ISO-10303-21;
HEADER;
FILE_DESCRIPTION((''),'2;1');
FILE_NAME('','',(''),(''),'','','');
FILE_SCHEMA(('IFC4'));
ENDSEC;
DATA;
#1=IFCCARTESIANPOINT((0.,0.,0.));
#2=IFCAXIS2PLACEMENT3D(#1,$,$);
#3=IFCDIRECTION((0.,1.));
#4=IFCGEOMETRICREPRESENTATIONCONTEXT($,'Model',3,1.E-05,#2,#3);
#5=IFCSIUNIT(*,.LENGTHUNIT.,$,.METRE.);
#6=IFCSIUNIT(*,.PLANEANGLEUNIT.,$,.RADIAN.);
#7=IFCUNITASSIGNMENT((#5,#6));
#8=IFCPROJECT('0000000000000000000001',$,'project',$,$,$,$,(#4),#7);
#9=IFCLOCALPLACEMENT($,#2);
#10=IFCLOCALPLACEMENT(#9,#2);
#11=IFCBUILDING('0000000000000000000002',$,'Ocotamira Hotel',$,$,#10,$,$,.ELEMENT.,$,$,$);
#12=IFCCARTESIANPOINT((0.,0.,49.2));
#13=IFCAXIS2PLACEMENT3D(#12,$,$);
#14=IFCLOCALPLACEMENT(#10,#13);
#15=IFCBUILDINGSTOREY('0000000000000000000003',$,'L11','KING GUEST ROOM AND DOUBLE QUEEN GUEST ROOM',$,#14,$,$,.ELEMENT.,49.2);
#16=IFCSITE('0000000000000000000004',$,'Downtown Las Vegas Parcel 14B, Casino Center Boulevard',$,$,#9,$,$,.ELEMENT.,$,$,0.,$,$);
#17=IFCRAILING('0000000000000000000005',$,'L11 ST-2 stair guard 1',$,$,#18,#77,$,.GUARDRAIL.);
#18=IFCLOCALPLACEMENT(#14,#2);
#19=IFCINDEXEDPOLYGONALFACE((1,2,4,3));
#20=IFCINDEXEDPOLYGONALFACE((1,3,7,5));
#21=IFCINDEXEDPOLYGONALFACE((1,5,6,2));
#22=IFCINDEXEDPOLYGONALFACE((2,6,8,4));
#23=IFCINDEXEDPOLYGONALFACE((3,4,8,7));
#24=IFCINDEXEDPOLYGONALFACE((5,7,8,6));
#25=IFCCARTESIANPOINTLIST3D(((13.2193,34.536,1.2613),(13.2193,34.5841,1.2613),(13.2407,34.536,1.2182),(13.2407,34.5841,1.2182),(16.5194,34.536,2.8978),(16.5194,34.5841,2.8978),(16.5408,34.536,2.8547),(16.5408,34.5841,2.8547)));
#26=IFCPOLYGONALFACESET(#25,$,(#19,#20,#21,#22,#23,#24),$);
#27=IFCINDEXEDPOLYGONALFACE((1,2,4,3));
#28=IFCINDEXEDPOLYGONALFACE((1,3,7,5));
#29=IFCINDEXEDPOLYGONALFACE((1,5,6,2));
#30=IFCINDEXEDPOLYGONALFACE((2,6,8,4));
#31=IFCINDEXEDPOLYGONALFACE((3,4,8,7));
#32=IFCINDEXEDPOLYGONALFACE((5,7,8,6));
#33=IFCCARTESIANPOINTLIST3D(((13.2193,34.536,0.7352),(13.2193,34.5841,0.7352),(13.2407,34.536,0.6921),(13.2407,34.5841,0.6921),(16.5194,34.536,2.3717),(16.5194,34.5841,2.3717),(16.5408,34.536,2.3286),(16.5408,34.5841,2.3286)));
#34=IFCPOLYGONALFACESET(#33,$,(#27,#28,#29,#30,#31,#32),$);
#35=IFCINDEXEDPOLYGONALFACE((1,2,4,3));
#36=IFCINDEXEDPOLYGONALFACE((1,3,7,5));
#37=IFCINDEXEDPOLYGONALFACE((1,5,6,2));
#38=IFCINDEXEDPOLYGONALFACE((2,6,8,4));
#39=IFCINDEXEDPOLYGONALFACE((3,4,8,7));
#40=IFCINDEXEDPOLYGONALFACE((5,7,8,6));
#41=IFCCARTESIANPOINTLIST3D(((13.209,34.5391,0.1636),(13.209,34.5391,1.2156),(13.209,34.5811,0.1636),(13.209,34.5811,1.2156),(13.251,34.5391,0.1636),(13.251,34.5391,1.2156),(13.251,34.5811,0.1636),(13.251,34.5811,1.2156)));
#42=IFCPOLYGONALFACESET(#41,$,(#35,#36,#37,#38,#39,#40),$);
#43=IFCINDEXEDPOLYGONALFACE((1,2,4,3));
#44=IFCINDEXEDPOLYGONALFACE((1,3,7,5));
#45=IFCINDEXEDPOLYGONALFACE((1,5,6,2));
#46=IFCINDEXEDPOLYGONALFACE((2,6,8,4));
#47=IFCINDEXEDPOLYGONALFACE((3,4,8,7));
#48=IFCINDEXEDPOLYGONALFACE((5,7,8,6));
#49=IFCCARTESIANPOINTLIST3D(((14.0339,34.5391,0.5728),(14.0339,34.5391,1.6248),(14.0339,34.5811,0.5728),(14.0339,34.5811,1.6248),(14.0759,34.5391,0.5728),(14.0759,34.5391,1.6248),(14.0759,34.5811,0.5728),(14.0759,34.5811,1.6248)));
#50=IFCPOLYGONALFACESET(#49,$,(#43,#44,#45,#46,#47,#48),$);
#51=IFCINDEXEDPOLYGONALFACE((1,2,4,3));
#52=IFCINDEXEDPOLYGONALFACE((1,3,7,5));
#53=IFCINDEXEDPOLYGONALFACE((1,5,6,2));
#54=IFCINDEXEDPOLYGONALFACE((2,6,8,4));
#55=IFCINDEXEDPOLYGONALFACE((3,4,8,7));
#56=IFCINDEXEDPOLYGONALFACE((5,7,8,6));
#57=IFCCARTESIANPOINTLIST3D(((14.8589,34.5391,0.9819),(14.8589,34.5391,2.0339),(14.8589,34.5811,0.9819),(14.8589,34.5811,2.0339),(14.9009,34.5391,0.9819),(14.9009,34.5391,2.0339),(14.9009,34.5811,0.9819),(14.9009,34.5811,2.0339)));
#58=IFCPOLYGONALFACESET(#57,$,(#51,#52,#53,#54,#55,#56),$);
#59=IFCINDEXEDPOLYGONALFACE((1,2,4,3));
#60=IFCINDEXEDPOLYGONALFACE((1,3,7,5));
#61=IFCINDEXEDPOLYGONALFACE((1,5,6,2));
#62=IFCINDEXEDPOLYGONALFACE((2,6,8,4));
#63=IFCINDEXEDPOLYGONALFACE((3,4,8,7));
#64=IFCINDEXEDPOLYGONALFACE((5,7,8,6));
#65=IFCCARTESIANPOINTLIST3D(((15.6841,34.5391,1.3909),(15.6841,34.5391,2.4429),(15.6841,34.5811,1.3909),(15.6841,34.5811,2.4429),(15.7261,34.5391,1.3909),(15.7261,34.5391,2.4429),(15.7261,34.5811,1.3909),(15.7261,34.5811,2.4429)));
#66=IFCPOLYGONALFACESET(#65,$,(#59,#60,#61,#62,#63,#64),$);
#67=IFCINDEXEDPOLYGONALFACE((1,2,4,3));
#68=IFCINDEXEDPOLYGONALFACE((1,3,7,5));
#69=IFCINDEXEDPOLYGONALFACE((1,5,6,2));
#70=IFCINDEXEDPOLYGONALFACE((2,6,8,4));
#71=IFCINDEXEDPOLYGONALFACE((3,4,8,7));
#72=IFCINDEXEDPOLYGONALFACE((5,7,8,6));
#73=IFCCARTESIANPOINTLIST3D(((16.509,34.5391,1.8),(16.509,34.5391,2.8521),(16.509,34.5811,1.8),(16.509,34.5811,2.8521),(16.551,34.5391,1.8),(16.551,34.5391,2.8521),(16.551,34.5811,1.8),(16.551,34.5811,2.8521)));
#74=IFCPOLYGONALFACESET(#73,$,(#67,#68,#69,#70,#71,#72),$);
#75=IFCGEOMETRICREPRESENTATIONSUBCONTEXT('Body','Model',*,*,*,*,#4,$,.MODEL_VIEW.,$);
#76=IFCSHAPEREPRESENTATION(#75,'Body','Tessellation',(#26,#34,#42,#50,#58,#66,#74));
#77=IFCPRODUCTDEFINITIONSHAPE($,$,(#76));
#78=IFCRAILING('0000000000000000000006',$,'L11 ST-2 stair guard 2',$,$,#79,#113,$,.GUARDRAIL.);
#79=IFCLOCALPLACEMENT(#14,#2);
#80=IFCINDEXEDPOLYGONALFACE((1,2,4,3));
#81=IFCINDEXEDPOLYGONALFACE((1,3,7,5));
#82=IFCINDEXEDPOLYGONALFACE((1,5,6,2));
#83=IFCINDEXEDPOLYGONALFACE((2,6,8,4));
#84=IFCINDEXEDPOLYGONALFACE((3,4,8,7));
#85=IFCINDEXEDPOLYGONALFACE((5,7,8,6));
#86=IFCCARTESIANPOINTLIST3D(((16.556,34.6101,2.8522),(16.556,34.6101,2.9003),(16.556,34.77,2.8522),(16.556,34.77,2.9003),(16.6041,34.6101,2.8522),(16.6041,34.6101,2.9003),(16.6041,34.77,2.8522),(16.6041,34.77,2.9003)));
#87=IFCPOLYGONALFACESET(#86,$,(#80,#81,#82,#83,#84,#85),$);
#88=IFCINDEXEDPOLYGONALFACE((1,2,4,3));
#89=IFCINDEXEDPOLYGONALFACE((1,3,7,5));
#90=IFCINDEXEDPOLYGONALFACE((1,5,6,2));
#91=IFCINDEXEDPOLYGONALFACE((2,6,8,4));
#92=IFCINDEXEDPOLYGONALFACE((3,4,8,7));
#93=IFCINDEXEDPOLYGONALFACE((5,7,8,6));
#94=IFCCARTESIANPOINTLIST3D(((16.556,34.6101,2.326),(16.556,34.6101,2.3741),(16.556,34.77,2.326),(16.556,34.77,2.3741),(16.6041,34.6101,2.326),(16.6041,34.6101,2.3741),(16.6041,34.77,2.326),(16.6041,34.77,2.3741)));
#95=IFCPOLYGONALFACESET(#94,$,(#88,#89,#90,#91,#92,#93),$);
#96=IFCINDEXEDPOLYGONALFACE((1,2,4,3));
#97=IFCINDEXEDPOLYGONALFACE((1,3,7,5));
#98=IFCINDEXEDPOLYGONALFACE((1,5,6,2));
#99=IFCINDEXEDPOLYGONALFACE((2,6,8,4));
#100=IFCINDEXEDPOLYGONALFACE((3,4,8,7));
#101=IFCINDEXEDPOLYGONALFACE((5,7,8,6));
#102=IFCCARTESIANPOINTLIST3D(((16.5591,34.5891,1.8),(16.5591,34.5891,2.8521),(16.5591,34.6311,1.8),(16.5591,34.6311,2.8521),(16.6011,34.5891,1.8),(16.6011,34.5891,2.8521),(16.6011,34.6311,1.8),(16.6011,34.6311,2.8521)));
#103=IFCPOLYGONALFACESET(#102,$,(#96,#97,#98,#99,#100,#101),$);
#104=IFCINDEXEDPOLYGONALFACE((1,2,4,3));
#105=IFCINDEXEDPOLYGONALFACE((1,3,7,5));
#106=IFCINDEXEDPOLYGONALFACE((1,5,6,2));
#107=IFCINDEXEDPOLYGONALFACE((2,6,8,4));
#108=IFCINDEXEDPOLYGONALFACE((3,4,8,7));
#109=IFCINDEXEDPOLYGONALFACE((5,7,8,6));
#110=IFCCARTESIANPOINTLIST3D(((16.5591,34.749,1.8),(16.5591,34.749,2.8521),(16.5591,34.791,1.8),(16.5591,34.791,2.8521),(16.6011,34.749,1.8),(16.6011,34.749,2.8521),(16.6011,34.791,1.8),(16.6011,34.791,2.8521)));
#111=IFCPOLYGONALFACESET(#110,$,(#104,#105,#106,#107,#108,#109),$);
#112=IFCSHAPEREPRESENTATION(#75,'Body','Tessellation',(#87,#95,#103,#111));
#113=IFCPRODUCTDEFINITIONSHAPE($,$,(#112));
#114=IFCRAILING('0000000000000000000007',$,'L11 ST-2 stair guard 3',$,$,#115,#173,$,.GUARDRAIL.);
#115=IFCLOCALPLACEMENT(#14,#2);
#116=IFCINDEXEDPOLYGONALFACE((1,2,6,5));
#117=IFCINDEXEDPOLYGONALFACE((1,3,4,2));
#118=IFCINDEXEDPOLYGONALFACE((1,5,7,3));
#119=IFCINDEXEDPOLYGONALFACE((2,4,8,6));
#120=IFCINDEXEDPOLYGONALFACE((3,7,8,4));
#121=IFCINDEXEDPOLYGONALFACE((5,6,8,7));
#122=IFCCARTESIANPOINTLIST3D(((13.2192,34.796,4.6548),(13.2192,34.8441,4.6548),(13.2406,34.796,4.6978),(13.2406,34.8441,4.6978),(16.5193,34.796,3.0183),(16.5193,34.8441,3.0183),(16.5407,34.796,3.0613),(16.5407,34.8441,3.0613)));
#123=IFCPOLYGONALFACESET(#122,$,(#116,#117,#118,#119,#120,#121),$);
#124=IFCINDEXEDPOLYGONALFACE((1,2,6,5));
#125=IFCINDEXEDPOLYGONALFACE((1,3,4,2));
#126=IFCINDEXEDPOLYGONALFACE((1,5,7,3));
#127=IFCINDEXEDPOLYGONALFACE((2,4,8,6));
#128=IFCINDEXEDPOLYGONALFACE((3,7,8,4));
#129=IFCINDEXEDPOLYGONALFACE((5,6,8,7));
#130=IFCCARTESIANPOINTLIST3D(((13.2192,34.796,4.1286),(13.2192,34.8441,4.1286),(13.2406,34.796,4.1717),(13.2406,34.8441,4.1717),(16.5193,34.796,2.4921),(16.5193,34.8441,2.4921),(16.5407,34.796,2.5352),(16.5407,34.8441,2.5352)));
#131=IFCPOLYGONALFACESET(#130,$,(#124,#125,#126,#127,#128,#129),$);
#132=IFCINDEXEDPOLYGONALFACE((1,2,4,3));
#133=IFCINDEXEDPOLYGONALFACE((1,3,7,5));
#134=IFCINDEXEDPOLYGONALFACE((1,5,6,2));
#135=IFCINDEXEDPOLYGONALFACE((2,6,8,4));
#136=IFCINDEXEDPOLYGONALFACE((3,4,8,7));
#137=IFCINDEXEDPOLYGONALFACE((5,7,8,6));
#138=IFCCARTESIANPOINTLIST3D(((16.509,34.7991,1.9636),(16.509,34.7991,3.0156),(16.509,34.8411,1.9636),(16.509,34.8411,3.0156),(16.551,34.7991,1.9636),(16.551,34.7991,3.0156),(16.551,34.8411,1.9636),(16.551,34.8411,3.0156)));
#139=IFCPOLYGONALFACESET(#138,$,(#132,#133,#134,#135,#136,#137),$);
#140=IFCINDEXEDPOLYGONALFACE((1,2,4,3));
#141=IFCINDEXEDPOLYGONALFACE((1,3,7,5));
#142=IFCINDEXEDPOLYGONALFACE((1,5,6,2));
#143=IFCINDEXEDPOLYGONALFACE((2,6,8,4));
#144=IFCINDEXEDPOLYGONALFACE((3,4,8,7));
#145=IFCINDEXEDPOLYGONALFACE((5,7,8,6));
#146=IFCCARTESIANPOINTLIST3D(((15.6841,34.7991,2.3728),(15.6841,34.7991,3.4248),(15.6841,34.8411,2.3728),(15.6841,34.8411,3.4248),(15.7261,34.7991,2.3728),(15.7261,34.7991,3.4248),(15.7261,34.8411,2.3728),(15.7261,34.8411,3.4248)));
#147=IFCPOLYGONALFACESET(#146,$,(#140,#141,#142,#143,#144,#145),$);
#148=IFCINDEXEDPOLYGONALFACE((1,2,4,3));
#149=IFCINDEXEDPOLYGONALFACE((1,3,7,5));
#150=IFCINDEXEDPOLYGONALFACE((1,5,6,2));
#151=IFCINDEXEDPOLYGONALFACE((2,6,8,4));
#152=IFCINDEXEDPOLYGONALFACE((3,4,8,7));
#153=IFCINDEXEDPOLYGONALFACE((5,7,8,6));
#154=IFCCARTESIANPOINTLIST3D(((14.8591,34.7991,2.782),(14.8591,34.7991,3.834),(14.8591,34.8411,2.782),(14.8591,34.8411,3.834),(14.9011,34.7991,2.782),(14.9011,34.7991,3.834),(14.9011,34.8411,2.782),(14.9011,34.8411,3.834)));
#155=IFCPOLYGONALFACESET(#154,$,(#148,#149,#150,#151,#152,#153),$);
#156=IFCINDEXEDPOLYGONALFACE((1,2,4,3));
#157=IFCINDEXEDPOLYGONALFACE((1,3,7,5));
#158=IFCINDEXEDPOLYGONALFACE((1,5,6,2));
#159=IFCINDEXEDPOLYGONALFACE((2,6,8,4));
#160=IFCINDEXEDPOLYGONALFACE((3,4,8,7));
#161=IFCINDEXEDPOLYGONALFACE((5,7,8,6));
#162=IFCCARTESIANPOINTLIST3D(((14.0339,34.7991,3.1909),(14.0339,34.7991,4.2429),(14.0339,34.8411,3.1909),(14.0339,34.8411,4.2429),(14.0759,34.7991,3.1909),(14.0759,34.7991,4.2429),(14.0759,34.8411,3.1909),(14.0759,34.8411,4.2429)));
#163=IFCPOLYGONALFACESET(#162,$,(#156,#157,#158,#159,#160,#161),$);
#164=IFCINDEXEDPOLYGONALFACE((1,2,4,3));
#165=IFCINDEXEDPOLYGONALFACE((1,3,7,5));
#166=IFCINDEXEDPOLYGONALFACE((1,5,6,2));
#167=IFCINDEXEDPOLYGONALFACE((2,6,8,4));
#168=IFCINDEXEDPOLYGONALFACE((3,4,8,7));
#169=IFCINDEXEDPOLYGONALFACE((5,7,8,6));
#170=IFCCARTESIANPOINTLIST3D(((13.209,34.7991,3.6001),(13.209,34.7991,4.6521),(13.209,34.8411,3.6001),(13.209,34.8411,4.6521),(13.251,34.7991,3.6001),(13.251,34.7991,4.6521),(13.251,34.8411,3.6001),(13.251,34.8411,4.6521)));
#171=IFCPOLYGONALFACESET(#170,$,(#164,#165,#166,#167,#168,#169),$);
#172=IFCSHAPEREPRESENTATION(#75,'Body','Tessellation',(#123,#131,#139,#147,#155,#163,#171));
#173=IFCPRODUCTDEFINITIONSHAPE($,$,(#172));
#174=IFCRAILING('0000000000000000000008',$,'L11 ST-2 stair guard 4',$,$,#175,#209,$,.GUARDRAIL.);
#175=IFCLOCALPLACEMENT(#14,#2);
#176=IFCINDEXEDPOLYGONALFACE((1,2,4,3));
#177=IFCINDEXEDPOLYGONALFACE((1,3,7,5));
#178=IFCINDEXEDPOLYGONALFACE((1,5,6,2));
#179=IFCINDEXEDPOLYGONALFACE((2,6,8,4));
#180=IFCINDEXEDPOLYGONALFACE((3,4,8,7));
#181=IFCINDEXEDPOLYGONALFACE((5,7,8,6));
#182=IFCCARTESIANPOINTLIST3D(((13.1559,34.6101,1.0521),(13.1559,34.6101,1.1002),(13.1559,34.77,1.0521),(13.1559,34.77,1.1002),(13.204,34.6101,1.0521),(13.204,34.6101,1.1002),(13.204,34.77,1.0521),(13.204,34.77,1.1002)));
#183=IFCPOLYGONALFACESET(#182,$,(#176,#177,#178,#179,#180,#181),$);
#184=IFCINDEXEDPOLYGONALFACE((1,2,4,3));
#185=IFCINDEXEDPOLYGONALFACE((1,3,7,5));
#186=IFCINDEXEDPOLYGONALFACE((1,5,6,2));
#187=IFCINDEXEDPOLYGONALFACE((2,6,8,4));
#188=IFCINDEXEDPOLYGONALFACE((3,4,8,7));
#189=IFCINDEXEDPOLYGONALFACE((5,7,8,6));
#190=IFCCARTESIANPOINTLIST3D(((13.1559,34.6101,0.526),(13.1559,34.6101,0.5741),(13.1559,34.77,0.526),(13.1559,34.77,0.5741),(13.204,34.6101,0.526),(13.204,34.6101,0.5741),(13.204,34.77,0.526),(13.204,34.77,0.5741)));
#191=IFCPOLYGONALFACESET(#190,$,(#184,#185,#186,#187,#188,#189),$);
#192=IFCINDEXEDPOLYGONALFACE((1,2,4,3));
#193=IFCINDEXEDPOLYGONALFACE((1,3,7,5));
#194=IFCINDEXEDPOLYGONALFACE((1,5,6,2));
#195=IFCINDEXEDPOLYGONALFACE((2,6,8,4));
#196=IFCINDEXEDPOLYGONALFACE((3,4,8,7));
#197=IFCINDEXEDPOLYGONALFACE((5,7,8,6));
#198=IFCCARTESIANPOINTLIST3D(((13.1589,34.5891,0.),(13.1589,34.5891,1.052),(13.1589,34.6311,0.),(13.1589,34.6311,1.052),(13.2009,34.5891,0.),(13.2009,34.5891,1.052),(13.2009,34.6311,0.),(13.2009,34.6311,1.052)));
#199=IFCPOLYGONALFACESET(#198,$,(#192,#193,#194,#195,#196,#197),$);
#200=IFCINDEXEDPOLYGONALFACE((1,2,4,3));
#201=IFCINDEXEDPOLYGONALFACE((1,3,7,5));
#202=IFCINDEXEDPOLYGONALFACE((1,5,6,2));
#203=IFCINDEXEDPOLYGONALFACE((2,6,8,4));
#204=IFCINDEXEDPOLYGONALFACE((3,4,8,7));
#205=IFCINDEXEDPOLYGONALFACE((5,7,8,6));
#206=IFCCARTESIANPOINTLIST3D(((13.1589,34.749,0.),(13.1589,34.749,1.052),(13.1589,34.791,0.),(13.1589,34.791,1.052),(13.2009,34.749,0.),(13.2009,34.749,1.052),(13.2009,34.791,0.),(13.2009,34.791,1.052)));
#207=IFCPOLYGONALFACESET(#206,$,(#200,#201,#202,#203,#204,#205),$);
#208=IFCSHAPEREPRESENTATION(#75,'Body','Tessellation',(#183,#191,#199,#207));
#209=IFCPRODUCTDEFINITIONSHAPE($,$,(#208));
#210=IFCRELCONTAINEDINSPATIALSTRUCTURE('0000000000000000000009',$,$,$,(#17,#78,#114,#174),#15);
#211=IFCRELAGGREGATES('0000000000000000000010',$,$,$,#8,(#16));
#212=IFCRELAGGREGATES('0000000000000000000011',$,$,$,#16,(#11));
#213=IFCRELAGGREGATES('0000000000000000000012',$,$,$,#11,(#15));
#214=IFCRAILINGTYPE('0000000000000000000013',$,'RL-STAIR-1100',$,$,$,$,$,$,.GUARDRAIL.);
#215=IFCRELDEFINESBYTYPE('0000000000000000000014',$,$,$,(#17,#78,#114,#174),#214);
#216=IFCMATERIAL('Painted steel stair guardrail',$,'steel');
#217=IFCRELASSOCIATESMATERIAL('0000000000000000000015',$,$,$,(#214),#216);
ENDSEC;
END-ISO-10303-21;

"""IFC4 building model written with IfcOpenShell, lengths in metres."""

from ifc_helpers import new_model, si_unit, direction, frame, origin, origin_2d, place, context, subcontext, project, spatial, rectangle, extrude, material, type_object, element, save


model = new_model("IFC4")

# Units and contexts
model_context = context("Model", 3, precision=1e-05, world=origin(), true_north=direction((0.0, 1.0)))
body_context = subcontext(model_context, "Body", "Model", "MODEL_VIEW")
ifc_project = project(units=[si_unit("LENGTHUNIT", "METRE"), si_unit("PLANEANGLEUNIT", "RADIAN")], contexts=[model_context])

# Site, building, storey
site_placement = place(None, origin())
site = spatial("IfcSite", under=ifc_project, at=site_placement, Name="Downtown Las Vegas Parcel 14B, Casino Center Boulevard", CompositionType="ELEMENT", RefElevation=0.0)
building_placement = place(site_placement, origin())
building = spatial("IfcBuilding", under=site, at=building_placement, Name="Ocotamira Hotel", CompositionType="ELEMENT")
storey_placement = place(building_placement, frame((0.0, 0.0, 49.2)))
storey = spatial("IfcBuildingStorey", under=building, at=storey_placement, Name="L11", Description="KING GUEST ROOM AND DOUBLE QUEEN GUEST ROOM", CompositionType="ELEMENT", Elevation=49.2)

# Railings
ifc_material_1 = material(Name="Painted steel stair guardrail", Category="steel")
railing_type_1 = type_object("IfcRailingType", Name="RL-STAIR-1100", PredefinedType="GUARDRAIL", material=ifc_material_1)
railing_1_placement = place(storey_placement, frame((13.23, 34.5601, 0.1636)))
element("IfcRailing", 1, at=railing_1_placement, inside=storey, type_object=railing_type_1, Name="L11 ST-2 stair guard 1", PredefinedType="GUARDRAIL", context=body_context, shape_type="SweptSolid", body=[
    extrude(rectangle(XDim=0.0481, YDim=0.0481, at=origin_2d()), frame((0.0, 0.0, 1.0762), z_axis=(0.895894, 0.0, 0.444268), x_axis=(0.0, 1.0, 0.0)), (0.0, 0.0, 1.0), 3.6836),
    extrude(rectangle(XDim=0.0481, YDim=0.0481, at=origin_2d()), frame((0.0, 0.0, 0.55), z_axis=(0.895894, 0.0, 0.444268), x_axis=(0.0, 1.0, 0.0)), (0.0, 0.0, 1.0), 3.6836),
    extrude(rectangle(XDim=0.042, YDim=0.042, at=origin_2d()), origin(), (0.0, 0.0, 1.0), 1.052),
    extrude(rectangle(XDim=0.042, YDim=0.042, at=origin_2d()), frame((0.825, 0.0, 0.4092)), (0.0, 0.0, 1.0), 1.052),
    extrude(rectangle(XDim=0.042, YDim=0.042, at=origin_2d()), frame((1.6499, 0.0, 0.8184)), (0.0, 0.0, 1.0), 1.052),
    extrude(rectangle(XDim=0.042, YDim=0.042, at=origin_2d()), frame((2.4751, 0.0, 1.2273)), (0.0, 0.0, 1.0), 1.052),
    extrude(rectangle(XDim=0.042, YDim=0.042, at=origin_2d()), frame((3.3, 0.0, 1.6365)), (0.0, 0.0, 1.0), 1.052),
])
railing_2_placement = place(storey_placement, frame((16.5801, 34.6101, 1.8)))
element("IfcRailing", 2, at=railing_2_placement, inside=storey, type_object=railing_type_1, Name="L11 ST-2 stair guard 2", PredefinedType="GUARDRAIL", context=body_context, shape_type="SweptSolid", body=[
    extrude(rectangle(XDim=0.0481, YDim=0.0481, at=origin_2d()), frame((0.0, 0.0, 1.0762), z_axis=(0.0, 1.0, 0.0), x_axis=(-1.0, 0.0, 0.0)), (0.0, 0.0, 1.0), 0.1599),
    extrude(rectangle(XDim=0.0481, YDim=0.0481, at=origin_2d()), frame((0.0, 0.0, 0.55), z_axis=(0.0, 1.0, 0.0), x_axis=(-1.0, 0.0, 0.0)), (0.0, 0.0, 1.0), 0.1599),
    extrude(rectangle(XDim=0.042, YDim=0.042, at=origin_2d()), origin(), (0.0, 0.0, 1.0), 1.052),
    extrude(rectangle(XDim=0.042, YDim=0.042, at=origin_2d()), frame((0.0, 0.1599, 0.0)), (0.0, 0.0, 1.0), 1.052),
])
railing_3_placement = place(storey_placement, frame((16.53, 34.8201, 1.9636)))
element("IfcRailing", 3, at=railing_3_placement, inside=storey, type_object=railing_type_1, Name="L11 ST-2 stair guard 3", PredefinedType="GUARDRAIL", context=body_context, shape_type="SweptSolid", body=[
    extrude(rectangle(XDim=0.0481, YDim=0.0481, at=origin_2d()), frame((0.0, 0.0, 1.0762), z_axis=(-0.895894, 0.0, 0.444268), x_axis=(0.0, -1.0, 0.0)), (0.0, 0.0, 1.0), 3.6836),
    extrude(rectangle(XDim=0.0481, YDim=0.0481, at=origin_2d()), frame((0.0, 0.0, 0.55), z_axis=(-0.895894, 0.0, 0.444268), x_axis=(0.0, -1.0, 0.0)), (0.0, 0.0, 1.0), 3.6836),
    extrude(rectangle(XDim=0.042, YDim=0.042, at=origin_2d()), origin(), (0.0, 0.0, 1.0), 1.052),
    extrude(rectangle(XDim=0.042, YDim=0.042, at=origin_2d()), frame((-0.825, 0.0, 0.4092)), (0.0, 0.0, 1.0), 1.052),
    extrude(rectangle(XDim=0.042, YDim=0.042, at=origin_2d()), frame((-1.6499, 0.0, 0.8184)), (0.0, 0.0, 1.0), 1.052),
    extrude(rectangle(XDim=0.042, YDim=0.042, at=origin_2d()), frame((-2.4751, 0.0, 1.2273)), (0.0, 0.0, 1.0), 1.052),
    extrude(rectangle(XDim=0.042, YDim=0.042, at=origin_2d()), frame((-3.3, 0.0, 1.6365)), (0.0, 0.0, 1.0), 1.052),
])
railing_4_placement = place(storey_placement, frame((13.1799, 34.6101, 0.0)))
element("IfcRailing", 4, at=railing_4_placement, inside=storey, type_object=railing_type_1, Name="L11 ST-2 stair guard 4", PredefinedType="GUARDRAIL", context=body_context, shape_type="SweptSolid", body=[
    extrude(rectangle(XDim=0.0481, YDim=0.0481, at=origin_2d()), frame((0.0, 0.0, 1.0762), z_axis=(0.0, 1.0, 0.0), x_axis=(-1.0, 0.0, 0.0)), (0.0, 0.0, 1.0), 0.1599),
    extrude(rectangle(XDim=0.0481, YDim=0.0481, at=origin_2d()), frame((0.0, 0.0, 0.55), z_axis=(0.0, 1.0, 0.0), x_axis=(-1.0, 0.0, 0.0)), (0.0, 0.0, 1.0), 0.1599),
    extrude(rectangle(XDim=0.042, YDim=0.042, at=origin_2d()), origin(), (0.0, 0.0, 1.0), 1.052),
    extrude(rectangle(XDim=0.042, YDim=0.042, at=origin_2d()), frame((0.0, 0.1599, 0.0)), (0.0, 0.0, 1.0), 1.052),
])

save(model, "model.ifc")
